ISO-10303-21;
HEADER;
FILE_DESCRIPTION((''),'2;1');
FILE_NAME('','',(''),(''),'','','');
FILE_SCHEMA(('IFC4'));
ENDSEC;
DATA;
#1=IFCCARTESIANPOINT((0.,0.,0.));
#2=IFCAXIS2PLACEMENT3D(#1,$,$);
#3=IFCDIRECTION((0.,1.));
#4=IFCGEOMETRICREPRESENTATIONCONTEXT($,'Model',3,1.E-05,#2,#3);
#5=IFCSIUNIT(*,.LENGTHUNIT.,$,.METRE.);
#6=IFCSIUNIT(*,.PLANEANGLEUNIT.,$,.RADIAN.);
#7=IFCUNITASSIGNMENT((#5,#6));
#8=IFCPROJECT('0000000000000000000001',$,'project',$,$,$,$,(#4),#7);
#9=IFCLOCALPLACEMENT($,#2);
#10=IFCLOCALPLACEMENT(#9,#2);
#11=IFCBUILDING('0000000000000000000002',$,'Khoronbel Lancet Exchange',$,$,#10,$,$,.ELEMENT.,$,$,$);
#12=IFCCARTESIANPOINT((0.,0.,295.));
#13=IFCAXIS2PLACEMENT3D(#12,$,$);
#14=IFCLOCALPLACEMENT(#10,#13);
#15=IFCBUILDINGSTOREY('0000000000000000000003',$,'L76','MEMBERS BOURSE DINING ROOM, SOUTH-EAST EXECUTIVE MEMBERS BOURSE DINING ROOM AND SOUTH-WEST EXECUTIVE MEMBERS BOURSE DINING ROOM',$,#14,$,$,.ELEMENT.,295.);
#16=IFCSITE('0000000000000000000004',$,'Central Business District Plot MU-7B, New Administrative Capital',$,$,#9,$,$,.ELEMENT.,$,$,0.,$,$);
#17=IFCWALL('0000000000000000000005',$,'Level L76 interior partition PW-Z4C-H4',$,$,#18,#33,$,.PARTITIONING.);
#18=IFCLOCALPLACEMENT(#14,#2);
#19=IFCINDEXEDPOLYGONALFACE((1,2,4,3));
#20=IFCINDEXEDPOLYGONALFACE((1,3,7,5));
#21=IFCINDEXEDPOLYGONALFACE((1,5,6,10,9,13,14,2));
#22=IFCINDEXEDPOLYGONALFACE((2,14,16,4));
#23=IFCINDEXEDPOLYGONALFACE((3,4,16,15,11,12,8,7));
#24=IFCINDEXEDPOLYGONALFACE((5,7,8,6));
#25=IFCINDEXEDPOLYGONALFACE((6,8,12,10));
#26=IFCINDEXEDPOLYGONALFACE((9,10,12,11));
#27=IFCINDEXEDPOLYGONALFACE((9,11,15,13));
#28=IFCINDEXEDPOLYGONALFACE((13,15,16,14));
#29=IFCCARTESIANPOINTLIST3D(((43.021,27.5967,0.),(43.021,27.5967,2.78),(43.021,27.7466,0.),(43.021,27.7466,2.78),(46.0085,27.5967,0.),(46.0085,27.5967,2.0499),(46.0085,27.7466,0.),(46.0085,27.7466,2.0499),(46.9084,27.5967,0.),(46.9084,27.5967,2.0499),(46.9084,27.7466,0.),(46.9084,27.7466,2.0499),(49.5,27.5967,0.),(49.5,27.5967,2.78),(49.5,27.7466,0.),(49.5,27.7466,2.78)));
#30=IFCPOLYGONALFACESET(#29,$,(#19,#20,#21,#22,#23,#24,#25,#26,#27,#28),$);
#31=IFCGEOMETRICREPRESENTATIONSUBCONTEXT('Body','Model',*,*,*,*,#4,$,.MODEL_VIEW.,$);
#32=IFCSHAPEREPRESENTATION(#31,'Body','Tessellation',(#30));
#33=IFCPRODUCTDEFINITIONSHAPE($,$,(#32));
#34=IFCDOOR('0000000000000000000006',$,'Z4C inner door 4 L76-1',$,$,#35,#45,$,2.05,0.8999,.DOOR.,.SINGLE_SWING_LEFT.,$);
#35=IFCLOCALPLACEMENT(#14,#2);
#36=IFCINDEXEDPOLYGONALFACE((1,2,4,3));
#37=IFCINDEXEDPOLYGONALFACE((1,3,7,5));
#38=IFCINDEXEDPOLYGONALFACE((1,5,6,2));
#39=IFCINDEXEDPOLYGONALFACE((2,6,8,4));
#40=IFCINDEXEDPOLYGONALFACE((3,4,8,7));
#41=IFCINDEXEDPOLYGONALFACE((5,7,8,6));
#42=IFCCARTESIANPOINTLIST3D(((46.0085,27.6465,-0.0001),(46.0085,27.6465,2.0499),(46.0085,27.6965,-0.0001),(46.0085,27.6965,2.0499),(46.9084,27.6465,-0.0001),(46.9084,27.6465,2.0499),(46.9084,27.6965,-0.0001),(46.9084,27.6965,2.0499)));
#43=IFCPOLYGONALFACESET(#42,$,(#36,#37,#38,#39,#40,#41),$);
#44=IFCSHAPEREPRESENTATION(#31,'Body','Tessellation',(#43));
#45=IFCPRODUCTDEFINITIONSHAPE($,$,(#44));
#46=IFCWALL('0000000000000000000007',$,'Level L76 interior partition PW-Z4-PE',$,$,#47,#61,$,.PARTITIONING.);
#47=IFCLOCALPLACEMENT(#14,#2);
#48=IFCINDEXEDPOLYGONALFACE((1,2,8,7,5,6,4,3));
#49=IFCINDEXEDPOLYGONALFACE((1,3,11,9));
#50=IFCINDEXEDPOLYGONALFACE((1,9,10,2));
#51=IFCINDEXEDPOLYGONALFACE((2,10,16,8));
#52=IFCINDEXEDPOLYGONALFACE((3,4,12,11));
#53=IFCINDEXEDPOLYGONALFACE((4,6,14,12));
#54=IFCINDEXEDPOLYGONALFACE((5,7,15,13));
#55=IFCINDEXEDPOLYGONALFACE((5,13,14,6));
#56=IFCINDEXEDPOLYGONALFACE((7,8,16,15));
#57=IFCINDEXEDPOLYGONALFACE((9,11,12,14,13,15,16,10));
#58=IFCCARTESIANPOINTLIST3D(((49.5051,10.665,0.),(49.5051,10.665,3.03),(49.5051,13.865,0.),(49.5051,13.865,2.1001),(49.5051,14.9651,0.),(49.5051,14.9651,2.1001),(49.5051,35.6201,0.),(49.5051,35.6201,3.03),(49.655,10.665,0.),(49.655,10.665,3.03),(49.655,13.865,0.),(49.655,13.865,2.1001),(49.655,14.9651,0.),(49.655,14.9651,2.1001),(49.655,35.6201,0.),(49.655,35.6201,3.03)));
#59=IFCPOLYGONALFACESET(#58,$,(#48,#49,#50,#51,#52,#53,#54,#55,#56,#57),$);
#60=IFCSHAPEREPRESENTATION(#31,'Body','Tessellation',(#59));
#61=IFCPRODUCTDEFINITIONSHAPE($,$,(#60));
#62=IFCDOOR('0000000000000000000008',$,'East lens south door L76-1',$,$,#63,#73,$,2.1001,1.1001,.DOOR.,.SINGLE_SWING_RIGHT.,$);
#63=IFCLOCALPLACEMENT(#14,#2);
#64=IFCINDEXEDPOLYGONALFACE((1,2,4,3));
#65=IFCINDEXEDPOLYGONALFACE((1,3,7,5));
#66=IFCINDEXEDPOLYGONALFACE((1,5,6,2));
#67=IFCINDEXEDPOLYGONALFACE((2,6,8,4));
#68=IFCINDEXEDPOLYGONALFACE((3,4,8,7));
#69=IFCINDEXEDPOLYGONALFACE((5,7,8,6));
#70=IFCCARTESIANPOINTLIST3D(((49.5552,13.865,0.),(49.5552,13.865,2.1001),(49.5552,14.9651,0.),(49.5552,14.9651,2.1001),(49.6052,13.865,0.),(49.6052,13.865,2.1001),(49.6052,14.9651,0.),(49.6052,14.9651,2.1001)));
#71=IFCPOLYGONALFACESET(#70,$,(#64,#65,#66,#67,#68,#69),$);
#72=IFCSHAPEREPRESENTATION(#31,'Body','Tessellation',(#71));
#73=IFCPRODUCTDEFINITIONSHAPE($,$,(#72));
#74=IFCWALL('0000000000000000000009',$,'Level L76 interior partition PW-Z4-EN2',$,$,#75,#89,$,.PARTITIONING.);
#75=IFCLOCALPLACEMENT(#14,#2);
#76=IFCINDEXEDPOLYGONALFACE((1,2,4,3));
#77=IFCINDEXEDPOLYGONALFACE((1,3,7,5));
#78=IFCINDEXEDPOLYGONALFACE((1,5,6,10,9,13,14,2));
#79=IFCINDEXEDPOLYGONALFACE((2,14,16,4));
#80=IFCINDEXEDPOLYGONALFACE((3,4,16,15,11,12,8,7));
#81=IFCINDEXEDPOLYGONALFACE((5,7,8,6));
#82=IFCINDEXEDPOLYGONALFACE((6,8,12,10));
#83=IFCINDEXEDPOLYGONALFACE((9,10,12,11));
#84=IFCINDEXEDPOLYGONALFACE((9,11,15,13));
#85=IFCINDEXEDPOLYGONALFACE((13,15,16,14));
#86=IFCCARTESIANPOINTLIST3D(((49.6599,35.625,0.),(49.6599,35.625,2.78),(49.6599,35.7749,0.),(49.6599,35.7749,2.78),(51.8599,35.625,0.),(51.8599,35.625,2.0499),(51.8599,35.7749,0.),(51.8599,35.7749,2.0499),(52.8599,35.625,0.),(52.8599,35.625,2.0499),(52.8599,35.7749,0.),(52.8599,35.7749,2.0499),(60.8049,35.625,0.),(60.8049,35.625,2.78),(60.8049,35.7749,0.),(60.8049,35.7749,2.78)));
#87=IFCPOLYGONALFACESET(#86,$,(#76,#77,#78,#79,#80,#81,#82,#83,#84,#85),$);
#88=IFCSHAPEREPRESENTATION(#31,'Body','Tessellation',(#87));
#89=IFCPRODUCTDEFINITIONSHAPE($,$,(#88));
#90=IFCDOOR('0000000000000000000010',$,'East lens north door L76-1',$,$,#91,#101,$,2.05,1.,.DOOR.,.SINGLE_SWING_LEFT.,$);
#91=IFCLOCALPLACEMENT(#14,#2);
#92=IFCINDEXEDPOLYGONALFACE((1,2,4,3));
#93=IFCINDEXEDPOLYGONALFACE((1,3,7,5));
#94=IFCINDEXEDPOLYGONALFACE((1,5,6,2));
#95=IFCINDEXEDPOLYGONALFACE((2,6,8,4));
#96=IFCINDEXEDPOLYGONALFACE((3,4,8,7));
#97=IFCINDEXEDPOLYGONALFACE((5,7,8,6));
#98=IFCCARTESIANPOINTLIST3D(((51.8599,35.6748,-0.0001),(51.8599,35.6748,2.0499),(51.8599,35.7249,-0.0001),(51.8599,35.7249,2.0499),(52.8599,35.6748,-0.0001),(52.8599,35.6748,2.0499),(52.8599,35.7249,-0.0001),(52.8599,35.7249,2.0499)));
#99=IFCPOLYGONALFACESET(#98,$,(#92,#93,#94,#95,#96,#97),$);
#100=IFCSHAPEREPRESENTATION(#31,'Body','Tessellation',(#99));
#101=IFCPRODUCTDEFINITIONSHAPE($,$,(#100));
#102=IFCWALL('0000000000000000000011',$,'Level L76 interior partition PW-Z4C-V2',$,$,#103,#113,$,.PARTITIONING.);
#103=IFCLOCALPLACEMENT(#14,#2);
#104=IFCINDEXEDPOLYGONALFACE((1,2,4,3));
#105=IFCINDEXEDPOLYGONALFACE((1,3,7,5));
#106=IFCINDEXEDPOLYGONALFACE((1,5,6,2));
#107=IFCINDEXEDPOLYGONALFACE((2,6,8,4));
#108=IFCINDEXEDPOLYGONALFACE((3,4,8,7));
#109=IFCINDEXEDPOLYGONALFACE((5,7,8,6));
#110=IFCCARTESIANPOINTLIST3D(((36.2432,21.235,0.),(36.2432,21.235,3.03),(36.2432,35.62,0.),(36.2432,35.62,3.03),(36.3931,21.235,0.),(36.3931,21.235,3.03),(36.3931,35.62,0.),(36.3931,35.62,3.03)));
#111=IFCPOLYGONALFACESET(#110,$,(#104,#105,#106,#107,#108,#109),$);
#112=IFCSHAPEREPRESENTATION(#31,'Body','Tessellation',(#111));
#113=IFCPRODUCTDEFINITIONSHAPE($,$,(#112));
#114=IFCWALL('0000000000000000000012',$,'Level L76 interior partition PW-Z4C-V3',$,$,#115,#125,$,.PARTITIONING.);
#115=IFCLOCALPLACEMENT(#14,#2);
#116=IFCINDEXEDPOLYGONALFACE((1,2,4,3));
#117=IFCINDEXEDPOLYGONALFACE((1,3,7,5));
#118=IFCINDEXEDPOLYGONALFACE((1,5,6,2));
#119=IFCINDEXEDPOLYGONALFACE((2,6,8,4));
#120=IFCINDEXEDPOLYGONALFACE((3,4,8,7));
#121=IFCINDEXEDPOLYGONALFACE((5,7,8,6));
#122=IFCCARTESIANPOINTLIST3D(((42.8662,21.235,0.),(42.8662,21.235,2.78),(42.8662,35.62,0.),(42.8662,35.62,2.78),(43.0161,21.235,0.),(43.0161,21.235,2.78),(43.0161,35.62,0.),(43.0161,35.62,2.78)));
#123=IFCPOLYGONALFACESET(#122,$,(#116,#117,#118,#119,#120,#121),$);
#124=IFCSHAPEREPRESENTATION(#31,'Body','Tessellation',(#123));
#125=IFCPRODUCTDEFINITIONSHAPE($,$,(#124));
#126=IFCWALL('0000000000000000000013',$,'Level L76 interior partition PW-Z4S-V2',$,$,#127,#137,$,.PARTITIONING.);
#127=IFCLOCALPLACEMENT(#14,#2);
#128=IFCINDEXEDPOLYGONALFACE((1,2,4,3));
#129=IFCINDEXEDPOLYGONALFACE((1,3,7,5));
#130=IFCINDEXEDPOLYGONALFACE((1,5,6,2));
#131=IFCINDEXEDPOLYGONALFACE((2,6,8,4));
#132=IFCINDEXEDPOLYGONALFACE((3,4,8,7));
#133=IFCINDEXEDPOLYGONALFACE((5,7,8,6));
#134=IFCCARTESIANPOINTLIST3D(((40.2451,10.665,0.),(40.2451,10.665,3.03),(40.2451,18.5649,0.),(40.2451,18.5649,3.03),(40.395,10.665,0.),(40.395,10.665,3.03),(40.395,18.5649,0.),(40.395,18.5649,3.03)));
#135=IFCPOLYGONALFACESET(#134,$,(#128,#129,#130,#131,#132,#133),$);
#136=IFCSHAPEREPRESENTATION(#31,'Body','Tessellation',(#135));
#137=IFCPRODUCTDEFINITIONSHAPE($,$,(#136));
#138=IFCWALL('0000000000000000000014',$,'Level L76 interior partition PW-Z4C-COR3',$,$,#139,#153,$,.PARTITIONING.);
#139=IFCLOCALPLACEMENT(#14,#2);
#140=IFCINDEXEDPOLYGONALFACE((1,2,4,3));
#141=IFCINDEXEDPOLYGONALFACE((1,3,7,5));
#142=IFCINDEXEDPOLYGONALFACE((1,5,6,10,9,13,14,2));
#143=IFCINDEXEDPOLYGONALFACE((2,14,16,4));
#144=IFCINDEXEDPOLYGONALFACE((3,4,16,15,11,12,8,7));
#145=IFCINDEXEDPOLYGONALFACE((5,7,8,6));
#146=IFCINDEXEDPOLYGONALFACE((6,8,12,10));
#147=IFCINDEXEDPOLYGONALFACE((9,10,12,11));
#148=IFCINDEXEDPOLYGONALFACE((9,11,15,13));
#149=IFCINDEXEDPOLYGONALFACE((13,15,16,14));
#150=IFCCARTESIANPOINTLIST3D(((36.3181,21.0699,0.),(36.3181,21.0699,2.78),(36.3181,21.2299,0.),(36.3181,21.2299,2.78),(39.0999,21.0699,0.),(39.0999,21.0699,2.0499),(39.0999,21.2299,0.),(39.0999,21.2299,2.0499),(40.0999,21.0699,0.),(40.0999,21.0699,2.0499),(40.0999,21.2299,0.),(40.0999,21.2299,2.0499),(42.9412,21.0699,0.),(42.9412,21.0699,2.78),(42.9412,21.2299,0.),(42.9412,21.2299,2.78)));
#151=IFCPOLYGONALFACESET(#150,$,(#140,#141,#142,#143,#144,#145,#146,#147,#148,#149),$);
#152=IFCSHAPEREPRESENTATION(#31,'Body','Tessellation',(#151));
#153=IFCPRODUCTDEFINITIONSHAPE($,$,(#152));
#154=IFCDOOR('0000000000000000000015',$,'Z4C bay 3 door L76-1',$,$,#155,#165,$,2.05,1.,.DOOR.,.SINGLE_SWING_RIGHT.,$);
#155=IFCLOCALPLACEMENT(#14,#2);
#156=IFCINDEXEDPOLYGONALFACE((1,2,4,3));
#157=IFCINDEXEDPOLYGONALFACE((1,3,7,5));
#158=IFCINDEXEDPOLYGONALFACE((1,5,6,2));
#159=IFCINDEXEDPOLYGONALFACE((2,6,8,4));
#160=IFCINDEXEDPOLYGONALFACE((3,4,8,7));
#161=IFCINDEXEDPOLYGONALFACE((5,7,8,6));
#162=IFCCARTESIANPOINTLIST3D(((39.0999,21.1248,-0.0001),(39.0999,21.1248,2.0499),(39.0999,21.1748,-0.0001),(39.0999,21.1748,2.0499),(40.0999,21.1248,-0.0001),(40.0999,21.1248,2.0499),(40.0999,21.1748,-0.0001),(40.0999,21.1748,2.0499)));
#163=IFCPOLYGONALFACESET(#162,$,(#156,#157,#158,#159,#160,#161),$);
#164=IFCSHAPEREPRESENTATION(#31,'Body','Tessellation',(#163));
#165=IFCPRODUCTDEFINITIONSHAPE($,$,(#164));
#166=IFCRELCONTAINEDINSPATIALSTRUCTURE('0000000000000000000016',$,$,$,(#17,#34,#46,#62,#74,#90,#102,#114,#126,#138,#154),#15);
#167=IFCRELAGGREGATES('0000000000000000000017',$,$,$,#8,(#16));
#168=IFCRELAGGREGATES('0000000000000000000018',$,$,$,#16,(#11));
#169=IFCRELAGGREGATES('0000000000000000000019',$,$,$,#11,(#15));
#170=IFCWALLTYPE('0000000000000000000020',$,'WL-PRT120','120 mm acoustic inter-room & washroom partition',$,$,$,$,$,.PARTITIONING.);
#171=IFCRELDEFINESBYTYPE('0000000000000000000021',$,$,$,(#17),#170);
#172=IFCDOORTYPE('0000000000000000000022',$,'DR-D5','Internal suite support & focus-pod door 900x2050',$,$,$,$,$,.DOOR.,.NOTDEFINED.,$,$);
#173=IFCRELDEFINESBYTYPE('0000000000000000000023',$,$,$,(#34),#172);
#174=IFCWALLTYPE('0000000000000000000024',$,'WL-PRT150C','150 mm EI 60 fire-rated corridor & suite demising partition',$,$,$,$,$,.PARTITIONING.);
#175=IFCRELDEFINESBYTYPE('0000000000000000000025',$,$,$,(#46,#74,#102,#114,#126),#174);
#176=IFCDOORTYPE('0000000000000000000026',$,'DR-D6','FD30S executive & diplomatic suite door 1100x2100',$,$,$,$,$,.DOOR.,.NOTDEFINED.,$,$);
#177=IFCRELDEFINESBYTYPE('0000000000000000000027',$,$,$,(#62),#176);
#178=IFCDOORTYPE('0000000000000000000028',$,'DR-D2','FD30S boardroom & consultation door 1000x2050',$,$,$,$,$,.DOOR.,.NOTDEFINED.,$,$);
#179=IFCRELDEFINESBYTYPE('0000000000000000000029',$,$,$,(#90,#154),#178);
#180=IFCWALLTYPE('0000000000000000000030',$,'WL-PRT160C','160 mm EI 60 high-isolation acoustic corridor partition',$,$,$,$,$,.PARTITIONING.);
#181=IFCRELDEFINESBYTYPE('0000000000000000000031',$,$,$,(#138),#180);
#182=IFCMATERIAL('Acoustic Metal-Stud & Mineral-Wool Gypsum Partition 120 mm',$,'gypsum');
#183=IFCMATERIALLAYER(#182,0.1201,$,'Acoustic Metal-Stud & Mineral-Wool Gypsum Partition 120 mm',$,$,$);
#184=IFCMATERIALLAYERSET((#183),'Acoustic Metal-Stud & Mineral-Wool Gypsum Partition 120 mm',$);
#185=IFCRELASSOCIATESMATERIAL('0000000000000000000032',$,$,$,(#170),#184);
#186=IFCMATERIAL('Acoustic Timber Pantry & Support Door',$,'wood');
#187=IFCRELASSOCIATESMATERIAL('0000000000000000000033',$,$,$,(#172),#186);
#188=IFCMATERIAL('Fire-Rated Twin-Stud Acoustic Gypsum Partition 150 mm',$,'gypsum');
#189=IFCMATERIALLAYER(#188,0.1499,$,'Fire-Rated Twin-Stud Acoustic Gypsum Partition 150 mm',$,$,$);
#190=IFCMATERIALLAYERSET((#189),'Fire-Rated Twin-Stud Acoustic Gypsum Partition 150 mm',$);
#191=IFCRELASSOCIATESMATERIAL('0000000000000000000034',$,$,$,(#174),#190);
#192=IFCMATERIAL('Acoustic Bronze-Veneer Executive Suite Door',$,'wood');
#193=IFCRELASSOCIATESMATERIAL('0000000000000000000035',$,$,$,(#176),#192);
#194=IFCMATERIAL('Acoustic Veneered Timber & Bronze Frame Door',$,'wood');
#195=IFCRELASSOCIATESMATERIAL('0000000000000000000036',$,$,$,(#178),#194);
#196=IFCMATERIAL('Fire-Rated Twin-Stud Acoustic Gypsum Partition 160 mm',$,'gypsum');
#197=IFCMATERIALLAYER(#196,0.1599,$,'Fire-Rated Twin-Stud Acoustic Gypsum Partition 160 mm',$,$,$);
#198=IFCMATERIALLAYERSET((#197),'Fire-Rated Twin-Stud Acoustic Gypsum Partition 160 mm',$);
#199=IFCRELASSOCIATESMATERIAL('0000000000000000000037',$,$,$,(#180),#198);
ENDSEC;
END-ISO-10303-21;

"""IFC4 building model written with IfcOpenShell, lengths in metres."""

from ifc_helpers import new_model, si_unit, direction, frame, frame_2d, origin, place, context, subcontext, project, spatial, rectangle, extrude, material, layer, layer_set, type_object, element, fill, save


model = new_model("IFC4")

# Units and contexts
model_context = context("Model", 3, precision=1e-05, world=origin(), true_north=direction((0.0, 1.0)))
body_context = subcontext(model_context, "Body", "Model", "MODEL_VIEW")
ifc_project = project(units=[si_unit("LENGTHUNIT", "METRE"), si_unit("PLANEANGLEUNIT", "RADIAN")], contexts=[model_context])

# Site, building, storey
site_placement = place(None, origin())
site = spatial("IfcSite", under=ifc_project, at=site_placement, Name="Central Business District Plot MU-7B, New Administrative Capital", CompositionType="ELEMENT", RefElevation=0.0)
building_placement = place(site_placement, origin())
building = spatial("IfcBuilding", under=site, at=building_placement, Name="Khoronbel Lancet Exchange", CompositionType="ELEMENT")
storey_placement = place(building_placement, frame((0.0, 0.0, 295.0)))
storey = spatial("IfcBuildingStorey", under=building, at=storey_placement, Name="L76", Description="MEMBERS BOURSE DINING ROOM, SOUTH-EAST EXECUTIVE MEMBERS BOURSE DINING ROOM AND SOUTH-WEST EXECUTIVE MEMBERS BOURSE DINING ROOM", CompositionType="ELEMENT", Elevation=295.0)

# Walls, openings, doors
ifc_material_1 = material(Name="Acoustic Metal-Stud & Mineral-Wool Gypsum Partition 120 mm", Category="gypsum")
ifc_layer_1 = layer(ifc_material_1, 0.1201, Name="Acoustic Metal-Stud & Mineral-Wool Gypsum Partition 120 mm")
ifc_layer_set_1 = layer_set([ifc_layer_1], Name="Acoustic Metal-Stud & Mineral-Wool Gypsum Partition 120 mm")
wall_type_1 = type_object("IfcWallType", Name="WL-PRT120", Description="120 mm acoustic inter-room & washroom partition", PredefinedType="PARTITIONING", material=ifc_layer_set_1)
ifc_material_2 = material(Name="Acoustic Timber Pantry & Support Door", Category="wood")
door_type_1 = type_object("IfcDoorType", Name="DR-D5", Description="Internal suite support & focus-pod door 900x2050", OperationType="NOTDEFINED", PredefinedType="DOOR", material=ifc_material_2)
wall_1_placement = place(storey_placement, frame((43.021, 27.6716, 0.0), z_axis=(0.0, 0.0, 1.0), x_axis=(1.0, 0.0, 0.0)))
wall_1 = element("IfcWall", 1, at=wall_1_placement, inside=storey, type_object=wall_type_1, Name="Level L76 interior partition PW-Z4C-H4", PredefinedType="PARTITIONING", context=body_context, shape_type="SweptSolid", body=[
    extrude(rectangle(XDim=6.479, YDim=0.1499, at=frame_2d((3.2395, 0.0))), origin(), (0.0, 0.0, 1.0), 2.78),
])
opening_1_placement = place(wall_1_placement, frame((2.9875, 0.0, 0.0)))
opening_1 = element("IfcOpeningElement", 2, at=opening_1_placement, cuts=wall_1, PredefinedType="OPENING", context=body_context, shape_type="SweptSolid", body=[
    extrude(rectangle(XDim=0.8999, YDim=2.05, at=frame_2d((0.45, 1.0249))), frame((0.0, 0.085, 0.0), z_axis=(0.0, -1.0, 0.0), x_axis=(1.0, 0.0, 0.0)), (0.0, 0.0, 1.0), 0.1699),
])
door_1_placement = place(opening_1_placement, origin())
door_1 = element("IfcDoor", 3, at=door_1_placement, inside=storey, type_object=door_type_1, Name="Z4C inner door 4 L76-1", OperationType="SINGLE_SWING_LEFT", OverallHeight=2.05, OverallWidth=0.8999, PredefinedType="DOOR", context=body_context, shape_type="SweptSolid", body=[
    extrude(rectangle(XDim=0.8999, YDim=2.05, at=frame_2d((0.45, 1.0249))), frame((0.0, 0.0249, 0.0), z_axis=(0.0, -1.0, 0.0), x_axis=(1.0, 0.0, 0.0)), (0.0, 0.0, 1.0), 0.05),
])
fill(opening_1, door_1)
ifc_material_3 = material(Name="Fire-Rated Twin-Stud Acoustic Gypsum Partition 150 mm", Category="gypsum")
ifc_layer_2 = layer(ifc_material_3, 0.1499, Name="Fire-Rated Twin-Stud Acoustic Gypsum Partition 150 mm")
ifc_layer_set_2 = layer_set([ifc_layer_2], Name="Fire-Rated Twin-Stud Acoustic Gypsum Partition 150 mm")
wall_type_2 = type_object("IfcWallType", Name="WL-PRT150C", Description="150 mm EI 60 fire-rated corridor & suite demising partition", PredefinedType="PARTITIONING", material=ifc_layer_set_2)
wall_2_placement = place(storey_placement, frame((49.5801, 10.665, 0.0), z_axis=(0.0, 0.0, 1.0), x_axis=(0.0, 1.0, 0.0)))
wall_2 = element("IfcWall", 4, at=wall_2_placement, inside=storey, type_object=wall_type_2, Name="Level L76 interior partition PW-Z4-PE", PredefinedType="PARTITIONING", context=body_context, shape_type="SweptSolid", body=[
    extrude(rectangle(XDim=24.9551, YDim=0.1499, at=frame_2d((12.4775, 0.0))), origin(), (0.0, 0.0, 1.0), 3.03),
])
opening_2_placement = place(wall_2_placement, frame((3.2, 0.0, 0.0)))
opening_2 = element("IfcOpeningElement", 5, at=opening_2_placement, cuts=wall_2, PredefinedType="OPENING", context=body_context, shape_type="SweptSolid", body=[
    extrude(rectangle(XDim=1.1001, YDim=2.1001, at=frame_2d((0.55, 1.05))), frame((0.0, 0.085, 0.0), z_axis=(0.0, -1.0, 0.0), x_axis=(1.0, 0.0, 0.0)), (0.0, 0.0, 1.0), 0.1699),
])
ifc_material_4 = material(Name="Acoustic Bronze-Veneer Executive Suite Door", Category="wood")
door_type_2 = type_object("IfcDoorType", Name="DR-D6", Description="FD30S executive & diplomatic suite door 1100x2100", OperationType="NOTDEFINED", PredefinedType="DOOR", material=ifc_material_4)
door_2_placement = place(opening_2_placement, origin())
door_2 = element("IfcDoor", 6, at=door_2_placement, inside=storey, type_object=door_type_2, Name="East lens south door L76-1", OperationType="SINGLE_SWING_RIGHT", OverallHeight=2.1001, OverallWidth=1.1001, PredefinedType="DOOR", context=body_context, shape_type="SweptSolid", body=[
    extrude(rectangle(XDim=1.1001, YDim=2.1001, at=frame_2d((0.55, 1.05))), frame((0.0, 0.0249, 0.0), z_axis=(0.0, -1.0, 0.0), x_axis=(1.0, 0.0, 0.0)), (0.0, 0.0, 1.0), 0.05),
])
fill(opening_2, door_2)
wall_3_placement = place(storey_placement, frame((49.6599, 35.7, 0.0), z_axis=(0.0, 0.0, 1.0), x_axis=(1.0, 0.0, 0.0)))
wall_3 = element("IfcWall", 7, at=wall_3_placement, inside=storey, type_object=wall_type_2, Name="Level L76 interior partition PW-Z4-EN2", PredefinedType="PARTITIONING", context=body_context, shape_type="SweptSolid", body=[
    extrude(rectangle(XDim=11.145, YDim=0.1499, at=frame_2d((5.5725, 0.0))), origin(), (0.0, 0.0, 1.0), 2.78),
])
opening_3_placement = place(wall_3_placement, frame((2.2, 0.0, 0.0)))
opening_3 = element("IfcOpeningElement", 8, at=opening_3_placement, cuts=wall_3, PredefinedType="OPENING", context=body_context, shape_type="SweptSolid", body=[
    extrude(rectangle(XDim=1.0, YDim=2.05, at=frame_2d((0.5, 1.0249))), frame((0.0, 0.085, 0.0), z_axis=(0.0, -1.0, 0.0), x_axis=(1.0, 0.0, 0.0)), (0.0, 0.0, 1.0), 0.1699),
])
ifc_material_5 = material(Name="Acoustic Veneered Timber & Bronze Frame Door", Category="wood")
door_type_3 = type_object("IfcDoorType", Name="DR-D2", Description="FD30S boardroom & consultation door 1000x2050", OperationType="NOTDEFINED", PredefinedType="DOOR", material=ifc_material_5)
door_3_placement = place(opening_3_placement, origin())
door_3 = element("IfcDoor", 9, at=door_3_placement, inside=storey, type_object=door_type_3, Name="East lens north door L76-1", OperationType="SINGLE_SWING_LEFT", OverallHeight=2.05, OverallWidth=1.0, PredefinedType="DOOR", context=body_context, shape_type="SweptSolid", body=[
    extrude(rectangle(XDim=1.0, YDim=2.05, at=frame_2d((0.5, 1.0249))), frame((0.0, 0.0249, 0.0), z_axis=(0.0, -1.0, 0.0), x_axis=(1.0, 0.0, 0.0)), (0.0, 0.0, 1.0), 0.05),
])
fill(opening_3, door_3)

# Walls
wall_4_placement = place(storey_placement, frame((36.3181, 21.2351, 0.0), z_axis=(0.0, 0.0, 1.0), x_axis=(0.0, 1.0, 0.0)))
element("IfcWall", 10, at=wall_4_placement, inside=storey, type_object=wall_type_2, Name="Level L76 interior partition PW-Z4C-V2", PredefinedType="PARTITIONING", context=body_context, shape_type="SweptSolid", body=[
    extrude(rectangle(XDim=14.385, YDim=0.1499, at=frame_2d((7.1924, 0.0))), origin(), (0.0, 0.0, 1.0), 3.03),
])
wall_5_placement = place(storey_placement, frame((42.9412, 21.2351, 0.0), z_axis=(0.0, 0.0, 1.0), x_axis=(0.0, 1.0, 0.0)))
element("IfcWall", 11, at=wall_5_placement, inside=storey, type_object=wall_type_2, Name="Level L76 interior partition PW-Z4C-V3", PredefinedType="PARTITIONING", context=body_context, shape_type="SweptSolid", body=[
    extrude(rectangle(XDim=14.385, YDim=0.1499, at=frame_2d((7.1924, 0.0))), origin(), (0.0, 0.0, 1.0), 2.78),
])
wall_6_placement = place(storey_placement, frame((40.3201, 10.665, 0.0), z_axis=(0.0, 0.0, 1.0), x_axis=(0.0, 1.0, 0.0)))
element("IfcWall", 12, at=wall_6_placement, inside=storey, type_object=wall_type_2, Name="Level L76 interior partition PW-Z4S-V2", PredefinedType="PARTITIONING", context=body_context, shape_type="SweptSolid", body=[
    extrude(rectangle(XDim=7.8999, YDim=0.1499, at=frame_2d((3.95, 0.0))), origin(), (0.0, 0.0, 1.0), 3.03),
])

# Wall, opening, door
ifc_material_6 = material(Name="Fire-Rated Twin-Stud Acoustic Gypsum Partition 160 mm", Category="gypsum")
ifc_layer_3 = layer(ifc_material_6, 0.1599, Name="Fire-Rated Twin-Stud Acoustic Gypsum Partition 160 mm")
ifc_layer_set_3 = layer_set([ifc_layer_3], Name="Fire-Rated Twin-Stud Acoustic Gypsum Partition 160 mm")
wall_type_3 = type_object("IfcWallType", Name="WL-PRT160C", Description="160 mm EI 60 high-isolation acoustic corridor partition", PredefinedType="PARTITIONING", material=ifc_layer_set_3)
wall_7_placement = place(storey_placement, frame((36.3181, 21.1499, 0.0), z_axis=(0.0, 0.0, 1.0), x_axis=(1.0, 0.0, 0.0)))
wall_7 = element("IfcWall", 13, at=wall_7_placement, inside=storey, type_object=wall_type_3, Name="Level L76 interior partition PW-Z4C-COR3", PredefinedType="PARTITIONING", context=body_context, shape_type="SweptSolid", body=[
    extrude(rectangle(XDim=6.623, YDim=0.1599, at=frame_2d((3.3115, 0.0))), origin(), (0.0, 0.0, 1.0), 2.78),
])
opening_4_placement = place(wall_7_placement, frame((2.7817, 0.0, 0.0)))
opening_4 = element("IfcOpeningElement", 14, at=opening_4_placement, cuts=wall_7, PredefinedType="OPENING", context=body_context, shape_type="SweptSolid", body=[
    extrude(rectangle(XDim=1.0, YDim=2.05, at=frame_2d((0.5, 1.0249))), frame((0.0, 0.0898, 0.0), z_axis=(0.0, -1.0, 0.0), x_axis=(1.0, 0.0, 0.0)), (0.0, 0.0, 1.0), 0.1799),
])
door_4_placement = place(opening_4_placement, origin())
door_4 = element("IfcDoor", 15, at=door_4_placement, inside=storey, type_object=door_type_3, Name="Z4C bay 3 door L76-1", OperationType="SINGLE_SWING_RIGHT", OverallHeight=2.05, OverallWidth=1.0, PredefinedType="DOOR", context=body_context, shape_type="SweptSolid", body=[
    extrude(rectangle(XDim=1.0, YDim=2.05, at=frame_2d((0.5, 1.0249))), frame((0.0, 0.0249, 0.0), z_axis=(0.0, -1.0, 0.0), x_axis=(1.0, 0.0, 0.0)), (0.0, 0.0, 1.0), 0.05),
])
fill(opening_4, door_4)

save(model, "model.ifc")
